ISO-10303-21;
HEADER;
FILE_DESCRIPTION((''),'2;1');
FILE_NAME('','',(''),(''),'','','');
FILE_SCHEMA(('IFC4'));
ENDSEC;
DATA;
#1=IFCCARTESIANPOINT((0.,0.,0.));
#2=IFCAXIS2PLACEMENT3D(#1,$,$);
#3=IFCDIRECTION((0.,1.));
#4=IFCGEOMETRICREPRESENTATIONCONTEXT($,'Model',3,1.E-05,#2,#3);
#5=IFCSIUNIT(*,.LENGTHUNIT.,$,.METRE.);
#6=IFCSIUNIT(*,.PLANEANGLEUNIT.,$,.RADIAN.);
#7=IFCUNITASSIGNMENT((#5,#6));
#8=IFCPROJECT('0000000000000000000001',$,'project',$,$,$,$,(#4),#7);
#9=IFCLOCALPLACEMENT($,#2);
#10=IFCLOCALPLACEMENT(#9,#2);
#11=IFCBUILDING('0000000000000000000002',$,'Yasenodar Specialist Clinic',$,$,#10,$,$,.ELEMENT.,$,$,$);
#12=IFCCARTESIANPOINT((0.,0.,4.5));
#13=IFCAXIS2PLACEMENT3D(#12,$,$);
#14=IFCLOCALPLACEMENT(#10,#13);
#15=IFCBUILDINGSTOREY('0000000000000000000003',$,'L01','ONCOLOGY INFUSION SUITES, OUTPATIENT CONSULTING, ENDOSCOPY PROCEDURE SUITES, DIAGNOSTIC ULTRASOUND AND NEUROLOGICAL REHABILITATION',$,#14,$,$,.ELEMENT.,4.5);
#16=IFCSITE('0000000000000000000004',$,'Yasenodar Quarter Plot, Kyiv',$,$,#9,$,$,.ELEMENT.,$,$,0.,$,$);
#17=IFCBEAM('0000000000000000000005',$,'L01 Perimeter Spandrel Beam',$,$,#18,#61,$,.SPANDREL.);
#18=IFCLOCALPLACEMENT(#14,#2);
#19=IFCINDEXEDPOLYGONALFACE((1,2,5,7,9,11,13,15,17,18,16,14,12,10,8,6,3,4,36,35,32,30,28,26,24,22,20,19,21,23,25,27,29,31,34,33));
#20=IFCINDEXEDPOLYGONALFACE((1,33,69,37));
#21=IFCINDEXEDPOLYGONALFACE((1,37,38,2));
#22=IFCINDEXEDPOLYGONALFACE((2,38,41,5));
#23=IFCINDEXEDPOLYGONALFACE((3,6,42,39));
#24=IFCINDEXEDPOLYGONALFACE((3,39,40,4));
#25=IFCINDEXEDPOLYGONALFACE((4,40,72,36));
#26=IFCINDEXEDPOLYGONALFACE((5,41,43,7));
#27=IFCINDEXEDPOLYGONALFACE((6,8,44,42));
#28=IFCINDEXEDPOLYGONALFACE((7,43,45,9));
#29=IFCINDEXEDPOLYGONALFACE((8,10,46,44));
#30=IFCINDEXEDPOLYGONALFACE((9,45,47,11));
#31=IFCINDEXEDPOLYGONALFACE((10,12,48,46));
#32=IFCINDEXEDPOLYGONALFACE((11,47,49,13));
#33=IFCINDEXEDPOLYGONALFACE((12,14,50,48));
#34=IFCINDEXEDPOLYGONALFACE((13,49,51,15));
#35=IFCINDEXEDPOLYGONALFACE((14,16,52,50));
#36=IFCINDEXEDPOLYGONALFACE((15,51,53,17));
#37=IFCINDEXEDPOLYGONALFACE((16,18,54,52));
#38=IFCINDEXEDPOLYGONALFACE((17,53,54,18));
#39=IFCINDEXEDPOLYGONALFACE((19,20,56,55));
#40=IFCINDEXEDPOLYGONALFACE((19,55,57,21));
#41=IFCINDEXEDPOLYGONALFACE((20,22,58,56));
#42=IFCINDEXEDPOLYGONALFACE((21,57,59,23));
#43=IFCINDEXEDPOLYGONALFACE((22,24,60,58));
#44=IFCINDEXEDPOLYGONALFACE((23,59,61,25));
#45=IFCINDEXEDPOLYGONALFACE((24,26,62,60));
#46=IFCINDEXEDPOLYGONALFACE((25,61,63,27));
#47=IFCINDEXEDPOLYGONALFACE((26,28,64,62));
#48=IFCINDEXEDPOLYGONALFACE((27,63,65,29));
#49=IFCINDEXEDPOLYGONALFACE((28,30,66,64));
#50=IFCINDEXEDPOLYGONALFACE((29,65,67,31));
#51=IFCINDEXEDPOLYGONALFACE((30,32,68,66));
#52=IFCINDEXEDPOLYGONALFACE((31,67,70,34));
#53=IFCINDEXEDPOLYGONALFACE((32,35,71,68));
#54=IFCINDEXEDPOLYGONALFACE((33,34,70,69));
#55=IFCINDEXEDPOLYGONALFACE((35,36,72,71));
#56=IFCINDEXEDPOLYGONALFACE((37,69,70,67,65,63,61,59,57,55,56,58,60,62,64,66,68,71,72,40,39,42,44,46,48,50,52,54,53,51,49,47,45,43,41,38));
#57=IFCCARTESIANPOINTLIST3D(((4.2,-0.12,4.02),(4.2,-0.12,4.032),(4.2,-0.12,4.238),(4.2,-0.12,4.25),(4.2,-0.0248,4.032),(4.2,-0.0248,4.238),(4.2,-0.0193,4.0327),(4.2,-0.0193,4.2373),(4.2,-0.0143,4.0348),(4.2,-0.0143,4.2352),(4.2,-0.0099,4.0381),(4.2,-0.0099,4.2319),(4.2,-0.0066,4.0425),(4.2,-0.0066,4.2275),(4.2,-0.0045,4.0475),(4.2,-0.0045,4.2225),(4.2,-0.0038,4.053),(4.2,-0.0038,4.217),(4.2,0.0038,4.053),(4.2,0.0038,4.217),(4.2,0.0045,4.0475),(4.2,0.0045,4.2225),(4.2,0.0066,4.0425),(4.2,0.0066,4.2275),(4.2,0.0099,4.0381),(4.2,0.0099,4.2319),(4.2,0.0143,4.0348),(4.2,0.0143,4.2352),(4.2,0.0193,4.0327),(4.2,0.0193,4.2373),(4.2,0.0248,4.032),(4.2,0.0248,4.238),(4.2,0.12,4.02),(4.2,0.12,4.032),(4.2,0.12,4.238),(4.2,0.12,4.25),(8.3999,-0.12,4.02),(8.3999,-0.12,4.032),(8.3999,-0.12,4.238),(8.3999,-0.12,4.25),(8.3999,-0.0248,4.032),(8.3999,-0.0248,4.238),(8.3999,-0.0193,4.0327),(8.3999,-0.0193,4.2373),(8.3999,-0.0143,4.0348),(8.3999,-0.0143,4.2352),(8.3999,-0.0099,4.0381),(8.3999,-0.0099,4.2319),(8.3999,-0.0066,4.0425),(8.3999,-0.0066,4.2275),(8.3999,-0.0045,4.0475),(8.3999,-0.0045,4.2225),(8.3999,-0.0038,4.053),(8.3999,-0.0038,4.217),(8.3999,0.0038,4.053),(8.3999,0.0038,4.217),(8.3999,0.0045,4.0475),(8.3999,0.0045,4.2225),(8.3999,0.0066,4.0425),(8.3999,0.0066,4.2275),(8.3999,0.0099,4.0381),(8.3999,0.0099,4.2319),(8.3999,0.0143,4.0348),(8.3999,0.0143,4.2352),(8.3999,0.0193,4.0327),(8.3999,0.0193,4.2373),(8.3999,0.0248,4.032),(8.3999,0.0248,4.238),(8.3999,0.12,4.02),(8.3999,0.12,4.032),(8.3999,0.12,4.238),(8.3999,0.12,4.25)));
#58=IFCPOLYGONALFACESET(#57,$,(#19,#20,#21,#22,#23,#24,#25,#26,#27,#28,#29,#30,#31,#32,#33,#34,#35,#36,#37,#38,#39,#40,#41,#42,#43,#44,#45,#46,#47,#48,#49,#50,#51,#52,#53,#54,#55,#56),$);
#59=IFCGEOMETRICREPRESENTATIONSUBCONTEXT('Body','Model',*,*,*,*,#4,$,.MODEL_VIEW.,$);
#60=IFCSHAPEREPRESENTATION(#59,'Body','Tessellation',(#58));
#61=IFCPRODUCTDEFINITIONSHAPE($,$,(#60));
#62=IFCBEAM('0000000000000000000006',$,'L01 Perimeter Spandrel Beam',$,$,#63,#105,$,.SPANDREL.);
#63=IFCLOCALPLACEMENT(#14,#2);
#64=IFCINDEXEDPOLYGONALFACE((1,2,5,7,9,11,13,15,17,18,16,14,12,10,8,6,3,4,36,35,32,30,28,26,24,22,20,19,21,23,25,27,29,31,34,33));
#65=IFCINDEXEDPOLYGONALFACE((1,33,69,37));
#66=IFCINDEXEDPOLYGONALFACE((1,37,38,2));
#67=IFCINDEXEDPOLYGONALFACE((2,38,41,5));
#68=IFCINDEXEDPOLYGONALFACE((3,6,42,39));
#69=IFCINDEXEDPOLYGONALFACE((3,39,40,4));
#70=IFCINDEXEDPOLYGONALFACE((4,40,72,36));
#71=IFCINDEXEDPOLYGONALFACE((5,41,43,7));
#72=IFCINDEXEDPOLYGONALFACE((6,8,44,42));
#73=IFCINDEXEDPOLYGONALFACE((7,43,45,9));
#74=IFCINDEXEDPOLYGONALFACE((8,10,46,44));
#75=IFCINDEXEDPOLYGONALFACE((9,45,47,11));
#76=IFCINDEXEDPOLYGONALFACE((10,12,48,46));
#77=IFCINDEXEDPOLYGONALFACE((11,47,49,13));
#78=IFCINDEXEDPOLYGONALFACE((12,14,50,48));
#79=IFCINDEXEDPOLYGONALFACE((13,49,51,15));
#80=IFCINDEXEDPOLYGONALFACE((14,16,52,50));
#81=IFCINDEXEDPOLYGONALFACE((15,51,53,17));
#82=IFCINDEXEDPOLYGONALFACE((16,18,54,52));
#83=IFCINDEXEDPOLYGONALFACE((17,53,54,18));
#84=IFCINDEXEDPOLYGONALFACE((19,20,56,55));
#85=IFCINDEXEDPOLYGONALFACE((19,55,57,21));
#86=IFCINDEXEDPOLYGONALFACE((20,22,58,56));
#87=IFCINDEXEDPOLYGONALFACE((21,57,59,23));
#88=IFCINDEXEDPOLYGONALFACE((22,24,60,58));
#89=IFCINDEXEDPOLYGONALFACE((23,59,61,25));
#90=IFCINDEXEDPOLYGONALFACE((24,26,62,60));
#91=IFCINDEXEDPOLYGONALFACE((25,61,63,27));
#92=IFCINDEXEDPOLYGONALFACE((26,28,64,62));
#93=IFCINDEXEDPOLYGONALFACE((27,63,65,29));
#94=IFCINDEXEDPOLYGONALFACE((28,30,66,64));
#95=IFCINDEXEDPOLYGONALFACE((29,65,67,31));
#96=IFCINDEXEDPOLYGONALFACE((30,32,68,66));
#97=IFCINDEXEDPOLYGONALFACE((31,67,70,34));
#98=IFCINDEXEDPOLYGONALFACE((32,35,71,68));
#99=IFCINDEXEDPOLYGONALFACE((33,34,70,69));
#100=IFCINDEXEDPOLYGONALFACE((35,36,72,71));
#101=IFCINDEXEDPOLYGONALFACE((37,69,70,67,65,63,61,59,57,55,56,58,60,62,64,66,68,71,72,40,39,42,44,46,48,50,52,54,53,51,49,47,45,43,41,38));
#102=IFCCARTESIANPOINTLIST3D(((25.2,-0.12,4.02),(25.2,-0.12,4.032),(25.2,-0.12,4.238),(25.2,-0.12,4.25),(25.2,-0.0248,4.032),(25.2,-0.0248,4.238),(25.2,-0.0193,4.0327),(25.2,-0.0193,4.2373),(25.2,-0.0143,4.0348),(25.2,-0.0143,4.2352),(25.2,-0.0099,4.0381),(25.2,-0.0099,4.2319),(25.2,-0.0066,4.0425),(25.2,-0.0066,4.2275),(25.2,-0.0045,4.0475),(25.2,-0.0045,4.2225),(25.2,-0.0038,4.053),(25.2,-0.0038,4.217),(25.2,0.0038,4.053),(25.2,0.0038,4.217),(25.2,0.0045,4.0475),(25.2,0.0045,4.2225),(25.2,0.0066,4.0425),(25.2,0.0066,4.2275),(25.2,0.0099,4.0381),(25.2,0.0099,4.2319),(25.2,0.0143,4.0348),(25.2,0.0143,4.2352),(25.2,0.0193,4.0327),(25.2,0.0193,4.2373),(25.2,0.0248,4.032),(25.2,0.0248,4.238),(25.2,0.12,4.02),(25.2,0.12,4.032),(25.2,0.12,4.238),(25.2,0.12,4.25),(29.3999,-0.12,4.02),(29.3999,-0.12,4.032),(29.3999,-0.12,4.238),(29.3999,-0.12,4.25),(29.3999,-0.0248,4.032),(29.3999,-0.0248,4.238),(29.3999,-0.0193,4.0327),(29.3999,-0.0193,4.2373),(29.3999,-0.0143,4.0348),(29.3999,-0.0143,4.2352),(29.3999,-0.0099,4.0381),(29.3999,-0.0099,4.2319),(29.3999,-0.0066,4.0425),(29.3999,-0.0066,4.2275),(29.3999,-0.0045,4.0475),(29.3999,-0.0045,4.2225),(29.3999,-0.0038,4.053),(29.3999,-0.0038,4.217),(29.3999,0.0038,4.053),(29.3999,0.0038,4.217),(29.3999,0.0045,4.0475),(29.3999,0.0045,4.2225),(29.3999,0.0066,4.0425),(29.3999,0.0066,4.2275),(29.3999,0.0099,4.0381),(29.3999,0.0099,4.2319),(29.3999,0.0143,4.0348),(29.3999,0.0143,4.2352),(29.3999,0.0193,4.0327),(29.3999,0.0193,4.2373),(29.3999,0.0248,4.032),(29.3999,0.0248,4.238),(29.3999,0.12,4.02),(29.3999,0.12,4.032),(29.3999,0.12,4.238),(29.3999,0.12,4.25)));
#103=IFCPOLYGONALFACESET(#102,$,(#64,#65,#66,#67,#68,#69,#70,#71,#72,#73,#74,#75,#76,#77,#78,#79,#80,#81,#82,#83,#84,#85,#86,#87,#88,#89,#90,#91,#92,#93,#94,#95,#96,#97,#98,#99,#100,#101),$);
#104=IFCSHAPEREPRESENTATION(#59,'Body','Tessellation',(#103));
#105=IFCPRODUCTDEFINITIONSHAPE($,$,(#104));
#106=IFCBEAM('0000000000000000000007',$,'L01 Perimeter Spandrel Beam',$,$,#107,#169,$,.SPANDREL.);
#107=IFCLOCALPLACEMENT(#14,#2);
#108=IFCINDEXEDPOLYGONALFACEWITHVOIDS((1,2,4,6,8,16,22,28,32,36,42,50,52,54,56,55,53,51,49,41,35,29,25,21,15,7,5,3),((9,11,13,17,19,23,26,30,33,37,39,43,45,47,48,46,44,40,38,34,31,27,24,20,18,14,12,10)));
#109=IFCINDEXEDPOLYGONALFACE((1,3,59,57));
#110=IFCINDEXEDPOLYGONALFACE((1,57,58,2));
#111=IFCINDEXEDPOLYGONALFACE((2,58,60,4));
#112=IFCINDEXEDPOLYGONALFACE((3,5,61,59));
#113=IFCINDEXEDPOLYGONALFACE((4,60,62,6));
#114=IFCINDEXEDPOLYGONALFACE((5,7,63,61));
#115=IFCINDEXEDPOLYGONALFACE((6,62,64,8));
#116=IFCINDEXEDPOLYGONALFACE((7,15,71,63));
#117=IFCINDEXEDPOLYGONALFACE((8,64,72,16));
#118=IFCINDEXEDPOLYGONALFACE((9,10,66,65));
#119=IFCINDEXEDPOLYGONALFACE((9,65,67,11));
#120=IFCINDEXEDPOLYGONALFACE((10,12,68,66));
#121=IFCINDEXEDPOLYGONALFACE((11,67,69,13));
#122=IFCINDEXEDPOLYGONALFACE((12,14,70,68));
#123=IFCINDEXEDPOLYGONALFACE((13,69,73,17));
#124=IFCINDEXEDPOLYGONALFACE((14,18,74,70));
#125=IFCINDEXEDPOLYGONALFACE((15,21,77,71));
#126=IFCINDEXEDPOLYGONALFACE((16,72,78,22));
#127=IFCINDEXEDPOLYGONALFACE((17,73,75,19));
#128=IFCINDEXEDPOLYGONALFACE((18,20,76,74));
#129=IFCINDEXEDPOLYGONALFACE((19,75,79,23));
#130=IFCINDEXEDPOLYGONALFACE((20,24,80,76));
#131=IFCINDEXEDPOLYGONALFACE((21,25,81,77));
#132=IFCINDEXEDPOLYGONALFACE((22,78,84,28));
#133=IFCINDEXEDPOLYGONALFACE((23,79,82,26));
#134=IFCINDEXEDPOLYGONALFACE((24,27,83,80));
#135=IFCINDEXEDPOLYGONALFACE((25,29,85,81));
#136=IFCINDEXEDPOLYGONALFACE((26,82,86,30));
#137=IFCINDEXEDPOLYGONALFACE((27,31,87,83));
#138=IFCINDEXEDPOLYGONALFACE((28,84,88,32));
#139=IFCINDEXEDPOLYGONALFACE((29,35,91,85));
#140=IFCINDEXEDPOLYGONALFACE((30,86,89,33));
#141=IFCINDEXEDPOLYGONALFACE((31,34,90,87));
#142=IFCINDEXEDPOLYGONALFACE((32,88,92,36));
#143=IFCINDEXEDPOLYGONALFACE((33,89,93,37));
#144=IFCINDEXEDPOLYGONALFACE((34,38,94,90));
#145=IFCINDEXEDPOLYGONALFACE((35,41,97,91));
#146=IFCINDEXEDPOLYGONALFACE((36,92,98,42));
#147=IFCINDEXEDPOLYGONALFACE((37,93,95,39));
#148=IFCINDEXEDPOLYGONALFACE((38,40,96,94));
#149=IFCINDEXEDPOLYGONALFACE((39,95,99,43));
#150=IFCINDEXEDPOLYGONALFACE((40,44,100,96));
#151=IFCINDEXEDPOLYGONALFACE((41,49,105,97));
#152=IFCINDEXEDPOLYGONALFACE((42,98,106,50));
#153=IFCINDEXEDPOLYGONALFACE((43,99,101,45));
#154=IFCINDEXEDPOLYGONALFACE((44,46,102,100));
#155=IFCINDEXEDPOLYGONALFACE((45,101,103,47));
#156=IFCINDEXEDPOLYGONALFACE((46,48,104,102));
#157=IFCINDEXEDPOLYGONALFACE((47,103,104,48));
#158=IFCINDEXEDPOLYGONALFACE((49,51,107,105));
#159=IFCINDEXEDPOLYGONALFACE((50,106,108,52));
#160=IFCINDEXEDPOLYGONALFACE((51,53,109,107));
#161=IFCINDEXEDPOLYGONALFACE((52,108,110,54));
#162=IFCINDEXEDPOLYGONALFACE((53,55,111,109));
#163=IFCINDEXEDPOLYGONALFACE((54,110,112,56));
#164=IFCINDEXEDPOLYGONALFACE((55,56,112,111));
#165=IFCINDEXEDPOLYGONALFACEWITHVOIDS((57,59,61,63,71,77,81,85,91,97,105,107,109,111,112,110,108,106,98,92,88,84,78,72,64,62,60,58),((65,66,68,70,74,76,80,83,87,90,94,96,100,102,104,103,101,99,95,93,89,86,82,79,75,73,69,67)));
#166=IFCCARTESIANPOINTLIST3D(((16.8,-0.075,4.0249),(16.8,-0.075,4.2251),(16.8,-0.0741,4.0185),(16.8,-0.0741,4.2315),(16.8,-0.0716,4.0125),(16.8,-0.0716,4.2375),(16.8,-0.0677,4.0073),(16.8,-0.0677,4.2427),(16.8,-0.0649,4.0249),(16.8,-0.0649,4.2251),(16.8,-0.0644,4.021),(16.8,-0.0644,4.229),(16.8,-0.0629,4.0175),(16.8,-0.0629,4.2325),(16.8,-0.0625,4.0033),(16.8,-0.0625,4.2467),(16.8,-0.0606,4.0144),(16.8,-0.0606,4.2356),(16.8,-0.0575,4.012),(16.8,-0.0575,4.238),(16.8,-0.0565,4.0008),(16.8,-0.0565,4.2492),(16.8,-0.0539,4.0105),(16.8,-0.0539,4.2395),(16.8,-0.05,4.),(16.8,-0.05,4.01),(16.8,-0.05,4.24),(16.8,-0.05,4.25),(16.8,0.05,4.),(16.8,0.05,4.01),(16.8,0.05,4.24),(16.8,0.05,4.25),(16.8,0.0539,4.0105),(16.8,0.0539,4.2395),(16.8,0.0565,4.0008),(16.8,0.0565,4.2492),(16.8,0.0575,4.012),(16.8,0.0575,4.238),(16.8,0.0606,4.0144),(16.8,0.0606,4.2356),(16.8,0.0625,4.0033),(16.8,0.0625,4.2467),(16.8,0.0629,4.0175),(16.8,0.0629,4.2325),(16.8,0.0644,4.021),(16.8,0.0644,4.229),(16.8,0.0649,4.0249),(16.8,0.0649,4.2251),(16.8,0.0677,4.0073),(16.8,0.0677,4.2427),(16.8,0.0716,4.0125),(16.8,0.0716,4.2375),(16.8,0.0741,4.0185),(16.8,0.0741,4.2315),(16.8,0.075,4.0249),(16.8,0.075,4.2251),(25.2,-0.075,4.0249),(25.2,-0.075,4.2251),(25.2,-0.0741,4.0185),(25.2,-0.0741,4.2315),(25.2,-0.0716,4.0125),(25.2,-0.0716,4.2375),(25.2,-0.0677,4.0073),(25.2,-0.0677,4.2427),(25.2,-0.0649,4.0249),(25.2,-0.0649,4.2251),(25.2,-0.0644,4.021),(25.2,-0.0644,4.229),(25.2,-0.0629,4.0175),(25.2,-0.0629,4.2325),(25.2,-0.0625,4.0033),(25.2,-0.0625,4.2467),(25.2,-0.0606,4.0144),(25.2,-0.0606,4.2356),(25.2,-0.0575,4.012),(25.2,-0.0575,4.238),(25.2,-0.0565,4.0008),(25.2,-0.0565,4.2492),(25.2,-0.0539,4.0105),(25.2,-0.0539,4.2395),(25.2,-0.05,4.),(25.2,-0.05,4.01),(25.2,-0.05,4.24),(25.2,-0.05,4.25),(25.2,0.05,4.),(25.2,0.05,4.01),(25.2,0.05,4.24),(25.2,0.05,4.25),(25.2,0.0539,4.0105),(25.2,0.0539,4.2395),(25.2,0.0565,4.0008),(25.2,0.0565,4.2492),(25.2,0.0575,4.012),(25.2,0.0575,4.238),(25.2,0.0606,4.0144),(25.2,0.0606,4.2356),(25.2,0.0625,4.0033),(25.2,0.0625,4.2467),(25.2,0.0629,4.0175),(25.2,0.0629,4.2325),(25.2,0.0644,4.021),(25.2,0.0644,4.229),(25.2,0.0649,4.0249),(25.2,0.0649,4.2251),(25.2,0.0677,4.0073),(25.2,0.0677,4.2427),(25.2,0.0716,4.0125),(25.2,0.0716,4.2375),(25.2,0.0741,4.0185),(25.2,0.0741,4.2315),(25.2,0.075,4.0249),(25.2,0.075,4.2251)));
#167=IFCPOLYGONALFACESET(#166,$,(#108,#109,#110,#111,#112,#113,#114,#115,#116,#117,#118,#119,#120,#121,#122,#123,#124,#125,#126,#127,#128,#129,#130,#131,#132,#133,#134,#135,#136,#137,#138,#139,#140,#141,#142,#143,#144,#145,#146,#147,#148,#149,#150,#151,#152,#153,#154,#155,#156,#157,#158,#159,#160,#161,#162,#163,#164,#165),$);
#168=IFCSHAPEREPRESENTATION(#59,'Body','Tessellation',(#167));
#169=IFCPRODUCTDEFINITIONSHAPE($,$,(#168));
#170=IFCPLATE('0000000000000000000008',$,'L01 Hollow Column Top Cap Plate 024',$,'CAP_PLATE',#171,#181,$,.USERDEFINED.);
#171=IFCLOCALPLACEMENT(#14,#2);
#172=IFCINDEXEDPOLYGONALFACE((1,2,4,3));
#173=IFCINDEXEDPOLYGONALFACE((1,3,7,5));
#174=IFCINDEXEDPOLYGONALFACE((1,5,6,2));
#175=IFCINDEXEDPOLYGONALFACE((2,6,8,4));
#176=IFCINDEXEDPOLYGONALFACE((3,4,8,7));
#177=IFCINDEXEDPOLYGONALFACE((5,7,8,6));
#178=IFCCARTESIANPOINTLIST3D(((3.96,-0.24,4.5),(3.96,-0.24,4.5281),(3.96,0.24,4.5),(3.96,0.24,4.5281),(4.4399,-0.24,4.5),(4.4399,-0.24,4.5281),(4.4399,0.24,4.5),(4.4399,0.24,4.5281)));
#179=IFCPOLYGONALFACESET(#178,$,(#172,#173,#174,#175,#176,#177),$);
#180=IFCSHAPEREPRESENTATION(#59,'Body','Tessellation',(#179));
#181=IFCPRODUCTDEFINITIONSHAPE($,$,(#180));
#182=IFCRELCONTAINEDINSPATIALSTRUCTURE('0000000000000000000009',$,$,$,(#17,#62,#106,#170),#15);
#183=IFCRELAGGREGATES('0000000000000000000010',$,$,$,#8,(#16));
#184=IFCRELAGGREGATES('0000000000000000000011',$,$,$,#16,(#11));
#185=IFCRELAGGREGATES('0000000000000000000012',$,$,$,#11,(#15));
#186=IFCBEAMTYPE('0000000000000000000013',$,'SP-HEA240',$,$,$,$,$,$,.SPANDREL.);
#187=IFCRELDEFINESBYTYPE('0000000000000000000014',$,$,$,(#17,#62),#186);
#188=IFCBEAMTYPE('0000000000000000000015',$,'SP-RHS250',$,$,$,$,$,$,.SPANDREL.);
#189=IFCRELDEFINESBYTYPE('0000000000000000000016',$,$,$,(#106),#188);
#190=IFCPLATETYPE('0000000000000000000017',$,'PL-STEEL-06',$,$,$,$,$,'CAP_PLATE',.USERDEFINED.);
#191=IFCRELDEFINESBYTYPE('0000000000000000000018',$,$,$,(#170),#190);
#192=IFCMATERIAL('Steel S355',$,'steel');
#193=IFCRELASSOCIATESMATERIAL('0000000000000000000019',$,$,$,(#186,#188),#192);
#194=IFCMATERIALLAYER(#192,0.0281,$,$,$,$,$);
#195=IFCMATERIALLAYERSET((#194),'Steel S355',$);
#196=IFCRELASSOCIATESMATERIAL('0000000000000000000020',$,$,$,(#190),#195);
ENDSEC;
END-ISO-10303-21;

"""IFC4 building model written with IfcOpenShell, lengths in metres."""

from ifc_helpers import new_model, si_unit, direction, frame, origin, origin_2d, place, context, subcontext, project, spatial, rectangle, hollow_rectangle, i_section, extrude, material, layer, layer_set, material_profile, profile_set, type_object, element, save


model = new_model("IFC4")

# Units and contexts
model_context = context("Model", 3, precision=1e-05, world=origin(), true_north=direction((0.0, 1.0)))
body_context = subcontext(model_context, "Body", "Model", "MODEL_VIEW")
ifc_project = project(units=[si_unit("LENGTHUNIT", "METRE"), si_unit("PLANEANGLEUNIT", "RADIAN")], contexts=[model_context])

# Site, building, storey
site_placement = place(None, origin())
site = spatial("IfcSite", under=ifc_project, at=site_placement, Name="Yasenodar Quarter Plot, Kyiv", CompositionType="ELEMENT", RefElevation=0.0)
building_placement = place(site_placement, origin())
building = spatial("IfcBuilding", under=site, at=building_placement, Name="Yasenodar Specialist Clinic", CompositionType="ELEMENT")
storey_placement = place(building_placement, frame((0.0, 0.0, 4.5)))
storey = spatial("IfcBuildingStorey", under=building, at=storey_placement, Name="L01", Description="ONCOLOGY INFUSION SUITES, OUTPATIENT CONSULTING, ENDOSCOPY PROCEDURE SUITES, DIAGNOSTIC ULTRASOUND AND NEUROLOGICAL REHABILITATION", CompositionType="ELEMENT", Elevation=4.5)

# Shared definitions
ifc_material_1 = material(Name="Steel S355", Category="steel")

# Beams
ifc_material_profile_1 = material_profile(ifc_material_1, i_section(OverallWidth=0.24, OverallDepth=0.23, WebThickness=0.0076, FlangeThickness=0.012, FilletRadius=0.021, at=origin_2d()), Name="HEA 240")
ifc_profile_set_1 = profile_set([ifc_material_profile_1], Name="Steel S355")
beam_type_1 = type_object("IfcBeamType", Name="SP-HEA240", PredefinedType="SPANDREL", material=ifc_profile_set_1)
for number, where, z_axis, x_axis, name in (
    (1, (4.2, 0.0, 4.135), (1.0, 0.0, 0.0), (0.0, 1.0, 0.0), "L01 Perimeter Spandrel Beam"),
    (2, (25.2, 0.0, 4.135), (1.0, 0.0, 0.0), (0.0, 1.0, 0.0), "L01 Perimeter Spandrel Beam"),
):
    element("IfcBeam", number, at=place(storey_placement, frame(where, z_axis=z_axis, x_axis=x_axis)), inside=storey, type_object=beam_type_1, Name=name, PredefinedType="SPANDREL", context=body_context, shape_type="SweptSolid", body=[
        extrude(i_section(OverallWidth=0.24, OverallDepth=0.23, WebThickness=0.0076, FlangeThickness=0.012, FilletRadius=0.021, at=origin_2d()), origin(), (0.0, 0.0, 1.0), 4.2),
    ])
ifc_material_profile_2 = material_profile(ifc_material_1, hollow_rectangle(XDim=0.1499, YDim=0.25, WallThickness=0.01, InnerFilletRadius=0.0149, OuterFilletRadius=0.0249, at=origin_2d()), Name="RHS 250x150x10")
ifc_profile_set_2 = profile_set([ifc_material_profile_2], Name="Steel S355")
beam_type_2 = type_object("IfcBeamType", Name="SP-RHS250", PredefinedType="SPANDREL", material=ifc_profile_set_2)
beam_1_placement = place(storey_placement, frame((16.8, 0.0, 4.125), z_axis=(1.0, 0.0, 0.0), x_axis=(0.0, 1.0, 0.0)))
element("IfcBeam", 3, at=beam_1_placement, inside=storey, type_object=beam_type_2, Name="L01 Perimeter Spandrel Beam", PredefinedType="SPANDREL", context=body_context, shape_type="SweptSolid", body=[
    extrude(hollow_rectangle(XDim=0.1499, YDim=0.25, WallThickness=0.01, InnerFilletRadius=0.0149, OuterFilletRadius=0.0249, at=origin_2d()), origin(), (0.0, 0.0, 1.0), 8.3999),
])

# Plate
ifc_layer_1 = layer(ifc_material_1, 0.0281)
ifc_layer_set_1 = layer_set([ifc_layer_1], Name="Steel S355")
plate_type = type_object("IfcPlateType", Name="PL-STEEL-06", ElementType="CAP_PLATE", PredefinedType="USERDEFINED", material=ifc_layer_set_1)
plate_placement = place(storey_placement, frame((4.2, 0.0, 4.5), z_axis=(0.0, 0.0, 1.0), x_axis=(1.0, 0.0, 0.0)))
element("IfcPlate", 4, at=plate_placement, inside=storey, type_object=plate_type, Name="L01 Hollow Column Top Cap Plate 024", ObjectType="CAP_PLATE", PredefinedType="USERDEFINED", context=body_context, shape_type="SweptSolid", body=[
    extrude(rectangle(XDim=0.48, YDim=0.48, at=origin_2d()), origin(), (0.0, 0.0, 1.0), 0.0281),
])

save(model, "model.ifc")
